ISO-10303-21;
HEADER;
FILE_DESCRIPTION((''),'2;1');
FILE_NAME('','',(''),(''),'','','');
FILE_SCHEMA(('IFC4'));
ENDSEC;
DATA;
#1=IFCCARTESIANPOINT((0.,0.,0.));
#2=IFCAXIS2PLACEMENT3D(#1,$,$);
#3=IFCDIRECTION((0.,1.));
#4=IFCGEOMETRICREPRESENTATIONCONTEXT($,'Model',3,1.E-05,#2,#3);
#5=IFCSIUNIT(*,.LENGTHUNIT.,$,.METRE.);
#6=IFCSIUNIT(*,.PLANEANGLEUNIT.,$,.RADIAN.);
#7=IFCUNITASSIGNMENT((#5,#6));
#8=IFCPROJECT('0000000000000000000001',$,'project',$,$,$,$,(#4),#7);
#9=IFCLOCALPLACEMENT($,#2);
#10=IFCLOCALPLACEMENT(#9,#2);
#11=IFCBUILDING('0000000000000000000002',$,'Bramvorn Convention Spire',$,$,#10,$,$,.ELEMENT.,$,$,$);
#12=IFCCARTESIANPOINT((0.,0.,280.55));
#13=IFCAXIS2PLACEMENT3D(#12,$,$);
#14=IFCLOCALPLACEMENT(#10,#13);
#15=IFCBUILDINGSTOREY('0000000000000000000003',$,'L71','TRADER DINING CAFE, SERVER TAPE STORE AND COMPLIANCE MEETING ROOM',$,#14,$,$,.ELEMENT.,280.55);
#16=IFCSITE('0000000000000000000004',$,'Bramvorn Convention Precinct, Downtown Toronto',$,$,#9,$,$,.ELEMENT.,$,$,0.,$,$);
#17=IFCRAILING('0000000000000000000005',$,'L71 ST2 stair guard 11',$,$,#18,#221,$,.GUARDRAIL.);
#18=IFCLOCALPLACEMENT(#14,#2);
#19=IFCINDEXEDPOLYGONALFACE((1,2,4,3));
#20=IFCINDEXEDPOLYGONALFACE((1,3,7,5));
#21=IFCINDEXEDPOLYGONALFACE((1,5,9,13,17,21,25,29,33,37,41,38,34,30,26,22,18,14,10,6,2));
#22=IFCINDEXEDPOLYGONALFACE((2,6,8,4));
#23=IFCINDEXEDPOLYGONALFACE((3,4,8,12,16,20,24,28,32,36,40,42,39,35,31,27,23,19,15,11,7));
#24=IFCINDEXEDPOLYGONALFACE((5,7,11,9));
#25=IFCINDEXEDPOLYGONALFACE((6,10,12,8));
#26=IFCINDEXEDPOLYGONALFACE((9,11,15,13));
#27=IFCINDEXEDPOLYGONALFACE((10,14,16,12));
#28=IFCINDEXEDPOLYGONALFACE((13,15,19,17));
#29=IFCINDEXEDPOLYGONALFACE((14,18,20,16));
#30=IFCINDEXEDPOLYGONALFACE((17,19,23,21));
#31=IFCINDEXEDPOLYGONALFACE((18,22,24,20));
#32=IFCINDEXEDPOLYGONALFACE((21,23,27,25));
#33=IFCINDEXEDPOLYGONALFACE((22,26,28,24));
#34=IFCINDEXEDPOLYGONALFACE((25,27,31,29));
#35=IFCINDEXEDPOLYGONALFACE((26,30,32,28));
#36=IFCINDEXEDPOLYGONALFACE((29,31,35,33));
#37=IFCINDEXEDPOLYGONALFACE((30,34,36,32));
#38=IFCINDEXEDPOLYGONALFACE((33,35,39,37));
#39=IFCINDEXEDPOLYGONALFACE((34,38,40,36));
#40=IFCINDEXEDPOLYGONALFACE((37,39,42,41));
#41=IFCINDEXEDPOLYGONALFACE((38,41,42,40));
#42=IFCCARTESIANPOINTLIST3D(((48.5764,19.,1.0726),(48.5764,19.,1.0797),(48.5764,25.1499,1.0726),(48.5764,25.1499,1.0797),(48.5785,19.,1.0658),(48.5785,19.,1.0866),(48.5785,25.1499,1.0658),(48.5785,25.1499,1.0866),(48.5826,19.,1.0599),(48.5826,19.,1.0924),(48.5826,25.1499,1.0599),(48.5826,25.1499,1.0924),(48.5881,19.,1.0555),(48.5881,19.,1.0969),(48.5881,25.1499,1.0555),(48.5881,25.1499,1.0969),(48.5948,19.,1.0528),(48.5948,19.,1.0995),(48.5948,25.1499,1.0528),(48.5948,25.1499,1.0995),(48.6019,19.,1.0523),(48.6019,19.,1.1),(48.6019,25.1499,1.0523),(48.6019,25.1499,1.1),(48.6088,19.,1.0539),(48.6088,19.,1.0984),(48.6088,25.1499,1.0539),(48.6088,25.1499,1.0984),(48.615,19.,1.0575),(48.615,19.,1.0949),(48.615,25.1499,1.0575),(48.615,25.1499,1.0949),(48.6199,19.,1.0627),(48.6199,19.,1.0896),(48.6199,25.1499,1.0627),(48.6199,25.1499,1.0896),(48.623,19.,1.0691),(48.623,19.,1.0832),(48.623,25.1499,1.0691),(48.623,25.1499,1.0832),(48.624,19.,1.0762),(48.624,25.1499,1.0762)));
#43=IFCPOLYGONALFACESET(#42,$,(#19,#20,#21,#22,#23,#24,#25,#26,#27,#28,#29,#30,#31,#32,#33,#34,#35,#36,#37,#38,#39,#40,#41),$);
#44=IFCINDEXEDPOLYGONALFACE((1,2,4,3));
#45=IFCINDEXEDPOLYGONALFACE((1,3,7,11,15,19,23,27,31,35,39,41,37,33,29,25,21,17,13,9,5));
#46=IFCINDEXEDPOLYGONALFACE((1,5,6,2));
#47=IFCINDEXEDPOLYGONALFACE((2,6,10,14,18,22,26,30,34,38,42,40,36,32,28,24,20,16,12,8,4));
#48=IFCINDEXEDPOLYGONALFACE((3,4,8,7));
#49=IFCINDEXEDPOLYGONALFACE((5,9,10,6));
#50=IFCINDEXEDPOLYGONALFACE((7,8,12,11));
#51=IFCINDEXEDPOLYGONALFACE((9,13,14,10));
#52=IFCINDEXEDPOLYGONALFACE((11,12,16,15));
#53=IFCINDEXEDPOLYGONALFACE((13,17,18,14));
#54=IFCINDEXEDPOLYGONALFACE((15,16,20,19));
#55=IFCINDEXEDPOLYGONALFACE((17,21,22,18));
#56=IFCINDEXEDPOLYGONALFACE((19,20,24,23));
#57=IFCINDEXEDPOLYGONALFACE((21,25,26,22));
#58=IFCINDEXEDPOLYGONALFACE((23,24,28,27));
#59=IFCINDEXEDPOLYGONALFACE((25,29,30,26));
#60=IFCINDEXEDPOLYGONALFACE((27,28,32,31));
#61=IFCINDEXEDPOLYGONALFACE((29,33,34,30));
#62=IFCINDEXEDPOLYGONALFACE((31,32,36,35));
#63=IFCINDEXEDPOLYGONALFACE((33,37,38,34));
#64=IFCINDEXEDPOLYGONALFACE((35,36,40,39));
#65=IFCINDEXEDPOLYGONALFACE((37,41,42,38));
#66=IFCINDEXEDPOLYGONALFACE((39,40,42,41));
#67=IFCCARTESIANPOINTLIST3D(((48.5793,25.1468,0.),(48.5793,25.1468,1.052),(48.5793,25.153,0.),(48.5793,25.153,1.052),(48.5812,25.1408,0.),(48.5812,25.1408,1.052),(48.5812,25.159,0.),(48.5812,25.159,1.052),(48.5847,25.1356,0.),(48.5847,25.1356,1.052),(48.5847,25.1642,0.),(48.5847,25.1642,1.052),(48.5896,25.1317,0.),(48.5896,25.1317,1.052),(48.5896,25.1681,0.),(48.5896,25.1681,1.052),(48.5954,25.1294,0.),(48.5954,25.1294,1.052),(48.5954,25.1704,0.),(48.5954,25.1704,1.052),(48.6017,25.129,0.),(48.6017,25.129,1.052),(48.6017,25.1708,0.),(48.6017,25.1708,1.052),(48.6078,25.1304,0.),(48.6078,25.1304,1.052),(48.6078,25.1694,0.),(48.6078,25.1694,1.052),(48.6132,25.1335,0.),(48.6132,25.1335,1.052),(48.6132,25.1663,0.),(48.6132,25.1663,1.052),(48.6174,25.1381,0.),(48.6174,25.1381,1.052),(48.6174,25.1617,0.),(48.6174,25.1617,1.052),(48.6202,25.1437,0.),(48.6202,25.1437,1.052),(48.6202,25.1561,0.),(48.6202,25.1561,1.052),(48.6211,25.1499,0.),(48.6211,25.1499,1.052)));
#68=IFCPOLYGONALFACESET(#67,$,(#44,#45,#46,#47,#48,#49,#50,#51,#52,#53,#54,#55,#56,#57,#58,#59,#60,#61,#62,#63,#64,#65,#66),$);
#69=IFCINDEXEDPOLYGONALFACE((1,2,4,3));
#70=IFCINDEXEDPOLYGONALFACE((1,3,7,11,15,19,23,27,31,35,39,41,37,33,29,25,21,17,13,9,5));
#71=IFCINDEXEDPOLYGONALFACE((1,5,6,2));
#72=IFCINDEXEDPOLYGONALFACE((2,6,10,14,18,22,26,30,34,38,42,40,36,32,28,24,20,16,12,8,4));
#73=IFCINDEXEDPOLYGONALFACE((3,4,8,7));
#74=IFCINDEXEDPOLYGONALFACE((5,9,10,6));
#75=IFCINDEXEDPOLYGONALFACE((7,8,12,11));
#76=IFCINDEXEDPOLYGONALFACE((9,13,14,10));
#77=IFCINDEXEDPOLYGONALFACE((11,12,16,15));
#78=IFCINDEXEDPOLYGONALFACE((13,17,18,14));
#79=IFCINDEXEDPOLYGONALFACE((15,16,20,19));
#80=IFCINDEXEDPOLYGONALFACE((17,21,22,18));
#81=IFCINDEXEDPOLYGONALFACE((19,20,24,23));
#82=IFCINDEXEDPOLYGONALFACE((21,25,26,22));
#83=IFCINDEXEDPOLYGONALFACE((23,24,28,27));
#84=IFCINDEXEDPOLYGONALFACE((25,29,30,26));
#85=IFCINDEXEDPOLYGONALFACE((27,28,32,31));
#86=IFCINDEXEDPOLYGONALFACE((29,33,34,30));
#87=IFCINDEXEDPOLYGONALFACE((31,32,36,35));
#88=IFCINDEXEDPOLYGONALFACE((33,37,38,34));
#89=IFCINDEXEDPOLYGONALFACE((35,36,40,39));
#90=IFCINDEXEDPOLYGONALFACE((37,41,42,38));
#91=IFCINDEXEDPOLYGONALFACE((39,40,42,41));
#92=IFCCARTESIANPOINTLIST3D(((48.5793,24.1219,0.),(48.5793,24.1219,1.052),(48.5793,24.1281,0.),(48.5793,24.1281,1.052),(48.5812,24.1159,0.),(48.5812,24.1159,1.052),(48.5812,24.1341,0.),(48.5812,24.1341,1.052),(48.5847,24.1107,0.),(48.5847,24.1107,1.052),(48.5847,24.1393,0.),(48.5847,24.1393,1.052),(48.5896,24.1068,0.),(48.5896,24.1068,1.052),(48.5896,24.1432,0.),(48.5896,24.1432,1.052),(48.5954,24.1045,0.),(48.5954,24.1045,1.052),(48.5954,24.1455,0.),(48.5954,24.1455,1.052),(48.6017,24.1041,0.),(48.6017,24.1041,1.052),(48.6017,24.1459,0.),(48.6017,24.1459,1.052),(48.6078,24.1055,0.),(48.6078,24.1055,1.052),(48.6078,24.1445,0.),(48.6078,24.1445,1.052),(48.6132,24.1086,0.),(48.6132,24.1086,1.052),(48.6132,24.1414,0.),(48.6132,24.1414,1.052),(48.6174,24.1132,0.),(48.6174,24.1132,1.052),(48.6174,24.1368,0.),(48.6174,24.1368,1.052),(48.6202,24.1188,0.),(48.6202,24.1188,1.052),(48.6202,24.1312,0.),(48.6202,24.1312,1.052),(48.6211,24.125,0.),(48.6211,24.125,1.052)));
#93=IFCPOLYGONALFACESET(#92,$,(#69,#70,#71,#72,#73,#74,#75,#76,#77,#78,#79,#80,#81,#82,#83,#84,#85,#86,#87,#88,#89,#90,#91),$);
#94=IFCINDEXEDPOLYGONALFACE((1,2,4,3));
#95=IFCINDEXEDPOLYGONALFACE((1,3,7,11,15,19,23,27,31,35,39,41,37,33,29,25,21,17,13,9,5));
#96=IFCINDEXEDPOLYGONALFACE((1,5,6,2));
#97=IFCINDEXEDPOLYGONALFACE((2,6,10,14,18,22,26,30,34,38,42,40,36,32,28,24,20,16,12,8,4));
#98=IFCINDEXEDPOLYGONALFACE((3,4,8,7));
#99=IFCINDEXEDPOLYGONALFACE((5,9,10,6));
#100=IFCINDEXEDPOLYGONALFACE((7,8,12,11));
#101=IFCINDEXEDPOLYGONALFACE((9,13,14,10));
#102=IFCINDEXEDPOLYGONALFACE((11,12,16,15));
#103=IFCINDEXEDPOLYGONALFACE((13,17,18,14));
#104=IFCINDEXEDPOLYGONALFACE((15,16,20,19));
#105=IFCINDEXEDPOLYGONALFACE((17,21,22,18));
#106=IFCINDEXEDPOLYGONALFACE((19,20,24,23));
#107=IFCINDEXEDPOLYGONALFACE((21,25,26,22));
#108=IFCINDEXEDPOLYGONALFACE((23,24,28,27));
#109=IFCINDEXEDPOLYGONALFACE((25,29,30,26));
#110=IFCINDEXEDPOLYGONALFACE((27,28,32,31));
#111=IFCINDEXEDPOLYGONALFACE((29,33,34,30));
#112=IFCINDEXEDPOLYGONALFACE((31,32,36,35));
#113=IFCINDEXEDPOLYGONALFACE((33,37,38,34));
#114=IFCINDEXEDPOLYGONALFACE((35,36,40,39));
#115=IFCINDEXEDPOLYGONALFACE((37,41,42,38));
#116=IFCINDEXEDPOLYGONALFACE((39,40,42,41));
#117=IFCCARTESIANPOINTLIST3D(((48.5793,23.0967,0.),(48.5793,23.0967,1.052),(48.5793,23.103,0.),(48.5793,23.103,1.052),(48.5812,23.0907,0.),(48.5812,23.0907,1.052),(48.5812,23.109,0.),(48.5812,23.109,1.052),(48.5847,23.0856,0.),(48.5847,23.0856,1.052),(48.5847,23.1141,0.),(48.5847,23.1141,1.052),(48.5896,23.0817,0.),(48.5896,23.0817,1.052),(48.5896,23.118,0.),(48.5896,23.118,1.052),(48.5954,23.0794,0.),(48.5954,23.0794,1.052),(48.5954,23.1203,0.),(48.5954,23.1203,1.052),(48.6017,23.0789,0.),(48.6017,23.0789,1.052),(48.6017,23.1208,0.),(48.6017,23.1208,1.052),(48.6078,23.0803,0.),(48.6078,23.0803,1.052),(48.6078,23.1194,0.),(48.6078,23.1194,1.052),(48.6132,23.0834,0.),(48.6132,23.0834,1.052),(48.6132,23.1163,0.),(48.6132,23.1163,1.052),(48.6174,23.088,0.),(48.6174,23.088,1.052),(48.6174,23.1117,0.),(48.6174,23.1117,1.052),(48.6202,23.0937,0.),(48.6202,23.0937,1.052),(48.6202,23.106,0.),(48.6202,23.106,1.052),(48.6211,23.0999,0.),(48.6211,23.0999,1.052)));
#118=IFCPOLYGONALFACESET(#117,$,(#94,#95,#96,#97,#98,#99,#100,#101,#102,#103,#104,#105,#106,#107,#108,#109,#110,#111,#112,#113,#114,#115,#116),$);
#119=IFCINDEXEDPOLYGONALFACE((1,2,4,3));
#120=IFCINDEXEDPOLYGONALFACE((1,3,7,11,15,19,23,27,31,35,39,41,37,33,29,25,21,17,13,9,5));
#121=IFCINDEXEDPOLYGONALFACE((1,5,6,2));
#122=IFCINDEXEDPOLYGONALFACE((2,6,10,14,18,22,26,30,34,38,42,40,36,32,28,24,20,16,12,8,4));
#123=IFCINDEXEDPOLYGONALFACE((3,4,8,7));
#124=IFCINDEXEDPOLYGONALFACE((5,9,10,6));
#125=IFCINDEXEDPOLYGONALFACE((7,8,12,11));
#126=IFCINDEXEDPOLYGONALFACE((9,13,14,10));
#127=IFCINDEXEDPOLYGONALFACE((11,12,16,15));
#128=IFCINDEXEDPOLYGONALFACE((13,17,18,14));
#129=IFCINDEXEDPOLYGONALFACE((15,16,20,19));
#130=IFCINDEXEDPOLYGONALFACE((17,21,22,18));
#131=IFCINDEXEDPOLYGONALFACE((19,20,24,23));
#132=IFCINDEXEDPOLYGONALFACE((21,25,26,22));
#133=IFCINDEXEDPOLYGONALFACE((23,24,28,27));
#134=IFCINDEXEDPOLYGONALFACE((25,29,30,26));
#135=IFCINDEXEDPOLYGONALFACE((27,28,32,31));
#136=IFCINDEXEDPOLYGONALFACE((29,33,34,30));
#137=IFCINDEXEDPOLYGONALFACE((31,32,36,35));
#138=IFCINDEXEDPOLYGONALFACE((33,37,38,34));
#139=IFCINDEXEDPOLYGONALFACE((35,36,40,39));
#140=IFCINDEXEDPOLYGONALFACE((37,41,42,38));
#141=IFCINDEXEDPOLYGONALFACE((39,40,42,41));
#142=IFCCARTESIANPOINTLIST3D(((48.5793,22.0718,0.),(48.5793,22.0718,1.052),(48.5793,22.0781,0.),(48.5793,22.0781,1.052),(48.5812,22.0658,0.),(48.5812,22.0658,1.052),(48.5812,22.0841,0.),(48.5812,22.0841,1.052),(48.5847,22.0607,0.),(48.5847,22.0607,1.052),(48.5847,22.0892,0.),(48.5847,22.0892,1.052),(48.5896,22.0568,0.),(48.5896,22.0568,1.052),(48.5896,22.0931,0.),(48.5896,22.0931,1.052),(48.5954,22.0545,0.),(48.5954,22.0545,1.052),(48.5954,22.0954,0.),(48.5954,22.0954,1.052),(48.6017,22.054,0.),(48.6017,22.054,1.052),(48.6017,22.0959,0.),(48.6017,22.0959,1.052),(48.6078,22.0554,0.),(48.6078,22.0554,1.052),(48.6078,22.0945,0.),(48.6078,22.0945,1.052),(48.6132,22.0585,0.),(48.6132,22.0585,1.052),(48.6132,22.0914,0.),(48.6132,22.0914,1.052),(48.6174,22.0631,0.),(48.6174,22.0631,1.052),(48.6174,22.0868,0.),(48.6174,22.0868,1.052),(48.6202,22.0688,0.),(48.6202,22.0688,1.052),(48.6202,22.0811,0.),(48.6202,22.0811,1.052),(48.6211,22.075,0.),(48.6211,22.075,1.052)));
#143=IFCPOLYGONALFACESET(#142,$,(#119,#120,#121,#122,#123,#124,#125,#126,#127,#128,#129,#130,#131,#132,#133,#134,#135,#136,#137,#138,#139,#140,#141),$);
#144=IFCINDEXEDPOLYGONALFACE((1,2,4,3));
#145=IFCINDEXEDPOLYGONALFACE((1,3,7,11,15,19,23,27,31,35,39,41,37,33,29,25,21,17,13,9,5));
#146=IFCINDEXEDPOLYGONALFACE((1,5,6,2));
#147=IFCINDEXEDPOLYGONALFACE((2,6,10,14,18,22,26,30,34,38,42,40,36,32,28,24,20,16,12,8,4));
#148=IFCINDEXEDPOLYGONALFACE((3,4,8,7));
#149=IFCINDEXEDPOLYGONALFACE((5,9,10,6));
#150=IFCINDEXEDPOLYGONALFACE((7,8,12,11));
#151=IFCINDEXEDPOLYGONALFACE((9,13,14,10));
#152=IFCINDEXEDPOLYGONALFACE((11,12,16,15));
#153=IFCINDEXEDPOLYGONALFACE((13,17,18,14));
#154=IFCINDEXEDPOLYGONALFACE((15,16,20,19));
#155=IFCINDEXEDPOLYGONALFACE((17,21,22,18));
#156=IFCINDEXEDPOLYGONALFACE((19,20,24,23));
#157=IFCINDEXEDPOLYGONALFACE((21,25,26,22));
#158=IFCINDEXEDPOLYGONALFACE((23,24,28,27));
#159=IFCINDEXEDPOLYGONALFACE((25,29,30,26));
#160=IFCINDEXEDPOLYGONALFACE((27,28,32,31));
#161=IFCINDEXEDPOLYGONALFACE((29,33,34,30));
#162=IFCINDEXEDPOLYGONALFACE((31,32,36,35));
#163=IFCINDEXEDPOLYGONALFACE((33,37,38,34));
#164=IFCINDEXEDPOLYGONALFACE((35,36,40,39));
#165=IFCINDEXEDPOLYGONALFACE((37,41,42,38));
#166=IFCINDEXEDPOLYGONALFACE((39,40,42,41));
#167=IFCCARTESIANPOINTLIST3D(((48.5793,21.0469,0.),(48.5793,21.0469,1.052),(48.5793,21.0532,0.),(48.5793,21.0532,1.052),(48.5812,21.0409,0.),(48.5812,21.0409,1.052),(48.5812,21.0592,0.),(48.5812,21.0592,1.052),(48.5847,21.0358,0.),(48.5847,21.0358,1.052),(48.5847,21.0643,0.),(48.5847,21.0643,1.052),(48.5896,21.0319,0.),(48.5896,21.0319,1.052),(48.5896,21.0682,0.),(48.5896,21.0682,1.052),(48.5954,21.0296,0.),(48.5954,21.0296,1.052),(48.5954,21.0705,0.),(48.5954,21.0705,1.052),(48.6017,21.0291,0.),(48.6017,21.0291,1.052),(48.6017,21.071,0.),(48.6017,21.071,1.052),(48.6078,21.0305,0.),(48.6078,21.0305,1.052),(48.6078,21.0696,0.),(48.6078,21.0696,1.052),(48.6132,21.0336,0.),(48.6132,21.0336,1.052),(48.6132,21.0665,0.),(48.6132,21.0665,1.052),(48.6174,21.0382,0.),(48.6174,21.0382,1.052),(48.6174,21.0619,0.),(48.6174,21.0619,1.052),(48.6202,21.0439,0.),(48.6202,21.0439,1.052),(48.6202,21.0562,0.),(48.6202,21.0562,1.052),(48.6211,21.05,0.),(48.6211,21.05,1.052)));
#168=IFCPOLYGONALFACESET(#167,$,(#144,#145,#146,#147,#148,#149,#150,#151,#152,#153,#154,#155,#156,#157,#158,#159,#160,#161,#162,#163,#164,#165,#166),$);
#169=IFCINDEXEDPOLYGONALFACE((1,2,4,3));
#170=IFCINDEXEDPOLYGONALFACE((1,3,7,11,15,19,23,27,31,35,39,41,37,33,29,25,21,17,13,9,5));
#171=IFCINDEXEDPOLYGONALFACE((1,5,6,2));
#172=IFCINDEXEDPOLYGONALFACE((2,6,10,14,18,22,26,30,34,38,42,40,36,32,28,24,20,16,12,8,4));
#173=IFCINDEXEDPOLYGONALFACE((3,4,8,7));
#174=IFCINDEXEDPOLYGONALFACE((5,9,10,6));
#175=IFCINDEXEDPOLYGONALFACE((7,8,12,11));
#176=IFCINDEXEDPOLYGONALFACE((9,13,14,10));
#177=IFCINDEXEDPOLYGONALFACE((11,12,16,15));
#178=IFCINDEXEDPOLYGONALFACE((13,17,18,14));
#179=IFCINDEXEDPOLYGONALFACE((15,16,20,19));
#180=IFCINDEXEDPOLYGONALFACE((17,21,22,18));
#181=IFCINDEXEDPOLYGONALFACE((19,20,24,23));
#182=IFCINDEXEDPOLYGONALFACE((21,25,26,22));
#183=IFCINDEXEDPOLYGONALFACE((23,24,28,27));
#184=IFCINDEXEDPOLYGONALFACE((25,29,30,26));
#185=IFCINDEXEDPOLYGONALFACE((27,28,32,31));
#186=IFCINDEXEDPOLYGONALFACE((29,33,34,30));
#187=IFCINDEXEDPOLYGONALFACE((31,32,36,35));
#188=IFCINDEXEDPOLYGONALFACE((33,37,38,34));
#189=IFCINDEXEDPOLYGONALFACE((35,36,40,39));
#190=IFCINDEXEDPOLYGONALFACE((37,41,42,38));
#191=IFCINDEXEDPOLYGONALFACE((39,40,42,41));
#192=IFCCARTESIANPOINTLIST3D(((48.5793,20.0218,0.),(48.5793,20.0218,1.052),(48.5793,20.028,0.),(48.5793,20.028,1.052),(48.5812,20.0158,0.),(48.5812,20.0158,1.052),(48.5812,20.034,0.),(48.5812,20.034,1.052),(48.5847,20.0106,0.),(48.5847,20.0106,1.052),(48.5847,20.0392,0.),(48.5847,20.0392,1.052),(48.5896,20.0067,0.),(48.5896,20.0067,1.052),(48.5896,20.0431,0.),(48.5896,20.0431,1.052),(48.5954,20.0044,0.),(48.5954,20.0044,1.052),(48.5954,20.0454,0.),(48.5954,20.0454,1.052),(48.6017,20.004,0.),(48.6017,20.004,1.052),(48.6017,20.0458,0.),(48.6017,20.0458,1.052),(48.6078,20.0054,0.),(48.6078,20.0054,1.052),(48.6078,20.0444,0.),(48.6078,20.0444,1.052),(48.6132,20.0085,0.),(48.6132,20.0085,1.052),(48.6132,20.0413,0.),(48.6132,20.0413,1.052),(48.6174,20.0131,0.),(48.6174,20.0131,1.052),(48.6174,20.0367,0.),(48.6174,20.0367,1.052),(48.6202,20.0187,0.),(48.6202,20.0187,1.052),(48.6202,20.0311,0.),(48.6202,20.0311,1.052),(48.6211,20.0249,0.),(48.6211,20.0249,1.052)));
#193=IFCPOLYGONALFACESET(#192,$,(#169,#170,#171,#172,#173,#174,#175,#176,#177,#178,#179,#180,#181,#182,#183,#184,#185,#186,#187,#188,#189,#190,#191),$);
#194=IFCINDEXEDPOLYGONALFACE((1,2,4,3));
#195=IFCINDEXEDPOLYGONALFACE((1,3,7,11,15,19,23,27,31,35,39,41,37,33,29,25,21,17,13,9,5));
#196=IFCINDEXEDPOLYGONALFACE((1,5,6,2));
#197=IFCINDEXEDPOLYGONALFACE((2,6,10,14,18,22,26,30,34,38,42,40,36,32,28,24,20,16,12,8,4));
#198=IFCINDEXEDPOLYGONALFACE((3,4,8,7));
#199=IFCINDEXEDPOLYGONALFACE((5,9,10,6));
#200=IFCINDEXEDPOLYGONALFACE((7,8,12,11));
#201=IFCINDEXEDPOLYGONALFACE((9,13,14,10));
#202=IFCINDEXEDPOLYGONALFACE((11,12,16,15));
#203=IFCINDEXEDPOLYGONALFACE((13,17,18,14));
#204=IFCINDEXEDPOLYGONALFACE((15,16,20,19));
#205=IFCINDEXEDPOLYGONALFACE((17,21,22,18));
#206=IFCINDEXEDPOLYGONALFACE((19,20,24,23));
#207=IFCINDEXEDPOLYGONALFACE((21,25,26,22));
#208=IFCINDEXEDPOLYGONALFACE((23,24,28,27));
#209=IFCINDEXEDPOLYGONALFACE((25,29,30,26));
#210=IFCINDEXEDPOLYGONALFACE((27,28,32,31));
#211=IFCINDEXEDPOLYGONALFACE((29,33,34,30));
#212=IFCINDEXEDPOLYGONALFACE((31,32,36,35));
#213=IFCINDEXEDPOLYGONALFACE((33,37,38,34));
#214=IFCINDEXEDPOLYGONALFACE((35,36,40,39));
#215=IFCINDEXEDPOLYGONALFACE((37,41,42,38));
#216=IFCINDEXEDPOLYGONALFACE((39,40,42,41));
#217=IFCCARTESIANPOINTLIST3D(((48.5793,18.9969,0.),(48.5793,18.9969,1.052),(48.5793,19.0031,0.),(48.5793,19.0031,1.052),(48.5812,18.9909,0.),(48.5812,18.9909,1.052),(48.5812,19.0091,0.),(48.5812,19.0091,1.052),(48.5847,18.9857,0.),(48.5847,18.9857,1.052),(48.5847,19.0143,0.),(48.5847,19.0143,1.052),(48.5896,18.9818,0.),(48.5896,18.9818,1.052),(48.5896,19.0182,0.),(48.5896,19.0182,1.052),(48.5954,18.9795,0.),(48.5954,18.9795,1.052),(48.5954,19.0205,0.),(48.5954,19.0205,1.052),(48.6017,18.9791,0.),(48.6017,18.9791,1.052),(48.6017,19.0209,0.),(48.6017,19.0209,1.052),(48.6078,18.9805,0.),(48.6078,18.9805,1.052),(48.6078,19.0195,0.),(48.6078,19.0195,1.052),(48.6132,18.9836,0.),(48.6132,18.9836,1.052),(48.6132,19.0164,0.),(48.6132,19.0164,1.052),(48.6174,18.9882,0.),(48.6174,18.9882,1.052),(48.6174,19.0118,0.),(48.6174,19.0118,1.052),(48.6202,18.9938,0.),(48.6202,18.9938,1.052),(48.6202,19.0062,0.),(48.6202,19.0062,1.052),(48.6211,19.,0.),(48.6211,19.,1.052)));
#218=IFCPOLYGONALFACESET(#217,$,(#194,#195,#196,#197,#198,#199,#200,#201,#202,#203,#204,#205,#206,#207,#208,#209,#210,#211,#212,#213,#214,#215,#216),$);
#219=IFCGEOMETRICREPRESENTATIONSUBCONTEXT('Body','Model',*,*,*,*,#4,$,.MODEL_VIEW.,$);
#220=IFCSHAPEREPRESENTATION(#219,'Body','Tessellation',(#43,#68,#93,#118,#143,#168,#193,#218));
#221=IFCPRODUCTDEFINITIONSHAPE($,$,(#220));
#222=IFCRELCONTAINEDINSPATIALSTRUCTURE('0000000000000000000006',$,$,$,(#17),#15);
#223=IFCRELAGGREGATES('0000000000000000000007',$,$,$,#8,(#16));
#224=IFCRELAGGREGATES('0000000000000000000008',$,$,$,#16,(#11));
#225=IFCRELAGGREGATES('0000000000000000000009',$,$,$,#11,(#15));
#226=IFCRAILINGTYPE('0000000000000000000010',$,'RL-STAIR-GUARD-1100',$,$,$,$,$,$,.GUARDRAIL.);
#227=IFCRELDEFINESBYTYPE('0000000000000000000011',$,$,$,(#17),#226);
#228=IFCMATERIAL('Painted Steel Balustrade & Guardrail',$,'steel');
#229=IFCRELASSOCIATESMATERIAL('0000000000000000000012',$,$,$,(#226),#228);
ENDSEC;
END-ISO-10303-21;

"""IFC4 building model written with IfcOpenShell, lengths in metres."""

from ifc_helpers import new_model, si_unit, direction, frame, origin, origin_2d, place, context, subcontext, project, spatial, circle, extrude, material, type_object, element, save


model = new_model("IFC4")

# Units and contexts
model_context = context("Model", 3, precision=1e-05, world=origin(), true_north=direction((0.0, 1.0)))
body_context = subcontext(model_context, "Body", "Model", "MODEL_VIEW")
ifc_project = project(units=[si_unit("LENGTHUNIT", "METRE"), si_unit("PLANEANGLEUNIT", "RADIAN")], contexts=[model_context])

# Site, building, storey
site_placement = place(None, origin())
site = spatial("IfcSite", under=ifc_project, at=site_placement, Name="Bramvorn Convention Precinct, Downtown Toronto", CompositionType="ELEMENT", RefElevation=0.0)
building_placement = place(site_placement, origin())
building = spatial("IfcBuilding", under=site, at=building_placement, Name="Bramvorn Convention Spire", CompositionType="ELEMENT")
storey_placement = place(building_placement, frame((0.0, 0.0, 280.55)))
storey = spatial("IfcBuildingStorey", under=building, at=storey_placement, Name="L71", Description="TRADER DINING CAFE, SERVER TAPE STORE AND COMPLIANCE MEETING ROOM", CompositionType="ELEMENT", Elevation=280.55)

# Railing
ifc_material_1 = material(Name="Painted Steel Balustrade & Guardrail", Category="steel")
railing_type = type_object("IfcRailingType", Name="RL-STAIR-GUARD-1100", PredefinedType="GUARDRAIL", material=ifc_material_1)
railing_1_placement = place(storey_placement, frame((48.6001, 25.1499, 0.0)))
element("IfcRailing", 1, at=railing_1_placement, inside=storey, type_object=railing_type, Name="L71 ST2 stair guard 11", PredefinedType="GUARDRAIL", context=body_context, shape_type="SweptSolid", body=[
    extrude(circle(Radius=0.0239, at=origin_2d()), frame((0.0, 0.0, 1.0762), z_axis=(0.0, -1.0, 0.0), x_axis=(1.0, 0.0, 0.0)), (0.0, 0.0, 1.0), 6.1499),
    extrude(circle(Radius=0.021, at=origin_2d()), origin(), (0.0, 0.0, 1.0), 1.052),
    extrude(circle(Radius=0.021, at=origin_2d()), frame((0.0, -1.0249, 0.0)), (0.0, 0.0, 1.0), 1.052),
    extrude(circle(Radius=0.021, at=origin_2d()), frame((0.0, -2.05, 0.0)), (0.0, 0.0, 1.0), 1.052),
    extrude(circle(Radius=0.021, at=origin_2d()), frame((0.0, -3.075, 0.0)), (0.0, 0.0, 1.0), 1.052),
    extrude(circle(Radius=0.021, at=origin_2d()), frame((0.0, -4.0999, 0.0)), (0.0, 0.0, 1.0), 1.052),
    extrude(circle(Radius=0.021, at=origin_2d()), frame((0.0, -5.125, 0.0)), (0.0, 0.0, 1.0), 1.052),
    extrude(circle(Radius=0.021, at=origin_2d()), frame((0.0, -6.1499, 0.0)), (0.0, 0.0, 1.0), 1.052),
])

save(model, "model.ifc")
